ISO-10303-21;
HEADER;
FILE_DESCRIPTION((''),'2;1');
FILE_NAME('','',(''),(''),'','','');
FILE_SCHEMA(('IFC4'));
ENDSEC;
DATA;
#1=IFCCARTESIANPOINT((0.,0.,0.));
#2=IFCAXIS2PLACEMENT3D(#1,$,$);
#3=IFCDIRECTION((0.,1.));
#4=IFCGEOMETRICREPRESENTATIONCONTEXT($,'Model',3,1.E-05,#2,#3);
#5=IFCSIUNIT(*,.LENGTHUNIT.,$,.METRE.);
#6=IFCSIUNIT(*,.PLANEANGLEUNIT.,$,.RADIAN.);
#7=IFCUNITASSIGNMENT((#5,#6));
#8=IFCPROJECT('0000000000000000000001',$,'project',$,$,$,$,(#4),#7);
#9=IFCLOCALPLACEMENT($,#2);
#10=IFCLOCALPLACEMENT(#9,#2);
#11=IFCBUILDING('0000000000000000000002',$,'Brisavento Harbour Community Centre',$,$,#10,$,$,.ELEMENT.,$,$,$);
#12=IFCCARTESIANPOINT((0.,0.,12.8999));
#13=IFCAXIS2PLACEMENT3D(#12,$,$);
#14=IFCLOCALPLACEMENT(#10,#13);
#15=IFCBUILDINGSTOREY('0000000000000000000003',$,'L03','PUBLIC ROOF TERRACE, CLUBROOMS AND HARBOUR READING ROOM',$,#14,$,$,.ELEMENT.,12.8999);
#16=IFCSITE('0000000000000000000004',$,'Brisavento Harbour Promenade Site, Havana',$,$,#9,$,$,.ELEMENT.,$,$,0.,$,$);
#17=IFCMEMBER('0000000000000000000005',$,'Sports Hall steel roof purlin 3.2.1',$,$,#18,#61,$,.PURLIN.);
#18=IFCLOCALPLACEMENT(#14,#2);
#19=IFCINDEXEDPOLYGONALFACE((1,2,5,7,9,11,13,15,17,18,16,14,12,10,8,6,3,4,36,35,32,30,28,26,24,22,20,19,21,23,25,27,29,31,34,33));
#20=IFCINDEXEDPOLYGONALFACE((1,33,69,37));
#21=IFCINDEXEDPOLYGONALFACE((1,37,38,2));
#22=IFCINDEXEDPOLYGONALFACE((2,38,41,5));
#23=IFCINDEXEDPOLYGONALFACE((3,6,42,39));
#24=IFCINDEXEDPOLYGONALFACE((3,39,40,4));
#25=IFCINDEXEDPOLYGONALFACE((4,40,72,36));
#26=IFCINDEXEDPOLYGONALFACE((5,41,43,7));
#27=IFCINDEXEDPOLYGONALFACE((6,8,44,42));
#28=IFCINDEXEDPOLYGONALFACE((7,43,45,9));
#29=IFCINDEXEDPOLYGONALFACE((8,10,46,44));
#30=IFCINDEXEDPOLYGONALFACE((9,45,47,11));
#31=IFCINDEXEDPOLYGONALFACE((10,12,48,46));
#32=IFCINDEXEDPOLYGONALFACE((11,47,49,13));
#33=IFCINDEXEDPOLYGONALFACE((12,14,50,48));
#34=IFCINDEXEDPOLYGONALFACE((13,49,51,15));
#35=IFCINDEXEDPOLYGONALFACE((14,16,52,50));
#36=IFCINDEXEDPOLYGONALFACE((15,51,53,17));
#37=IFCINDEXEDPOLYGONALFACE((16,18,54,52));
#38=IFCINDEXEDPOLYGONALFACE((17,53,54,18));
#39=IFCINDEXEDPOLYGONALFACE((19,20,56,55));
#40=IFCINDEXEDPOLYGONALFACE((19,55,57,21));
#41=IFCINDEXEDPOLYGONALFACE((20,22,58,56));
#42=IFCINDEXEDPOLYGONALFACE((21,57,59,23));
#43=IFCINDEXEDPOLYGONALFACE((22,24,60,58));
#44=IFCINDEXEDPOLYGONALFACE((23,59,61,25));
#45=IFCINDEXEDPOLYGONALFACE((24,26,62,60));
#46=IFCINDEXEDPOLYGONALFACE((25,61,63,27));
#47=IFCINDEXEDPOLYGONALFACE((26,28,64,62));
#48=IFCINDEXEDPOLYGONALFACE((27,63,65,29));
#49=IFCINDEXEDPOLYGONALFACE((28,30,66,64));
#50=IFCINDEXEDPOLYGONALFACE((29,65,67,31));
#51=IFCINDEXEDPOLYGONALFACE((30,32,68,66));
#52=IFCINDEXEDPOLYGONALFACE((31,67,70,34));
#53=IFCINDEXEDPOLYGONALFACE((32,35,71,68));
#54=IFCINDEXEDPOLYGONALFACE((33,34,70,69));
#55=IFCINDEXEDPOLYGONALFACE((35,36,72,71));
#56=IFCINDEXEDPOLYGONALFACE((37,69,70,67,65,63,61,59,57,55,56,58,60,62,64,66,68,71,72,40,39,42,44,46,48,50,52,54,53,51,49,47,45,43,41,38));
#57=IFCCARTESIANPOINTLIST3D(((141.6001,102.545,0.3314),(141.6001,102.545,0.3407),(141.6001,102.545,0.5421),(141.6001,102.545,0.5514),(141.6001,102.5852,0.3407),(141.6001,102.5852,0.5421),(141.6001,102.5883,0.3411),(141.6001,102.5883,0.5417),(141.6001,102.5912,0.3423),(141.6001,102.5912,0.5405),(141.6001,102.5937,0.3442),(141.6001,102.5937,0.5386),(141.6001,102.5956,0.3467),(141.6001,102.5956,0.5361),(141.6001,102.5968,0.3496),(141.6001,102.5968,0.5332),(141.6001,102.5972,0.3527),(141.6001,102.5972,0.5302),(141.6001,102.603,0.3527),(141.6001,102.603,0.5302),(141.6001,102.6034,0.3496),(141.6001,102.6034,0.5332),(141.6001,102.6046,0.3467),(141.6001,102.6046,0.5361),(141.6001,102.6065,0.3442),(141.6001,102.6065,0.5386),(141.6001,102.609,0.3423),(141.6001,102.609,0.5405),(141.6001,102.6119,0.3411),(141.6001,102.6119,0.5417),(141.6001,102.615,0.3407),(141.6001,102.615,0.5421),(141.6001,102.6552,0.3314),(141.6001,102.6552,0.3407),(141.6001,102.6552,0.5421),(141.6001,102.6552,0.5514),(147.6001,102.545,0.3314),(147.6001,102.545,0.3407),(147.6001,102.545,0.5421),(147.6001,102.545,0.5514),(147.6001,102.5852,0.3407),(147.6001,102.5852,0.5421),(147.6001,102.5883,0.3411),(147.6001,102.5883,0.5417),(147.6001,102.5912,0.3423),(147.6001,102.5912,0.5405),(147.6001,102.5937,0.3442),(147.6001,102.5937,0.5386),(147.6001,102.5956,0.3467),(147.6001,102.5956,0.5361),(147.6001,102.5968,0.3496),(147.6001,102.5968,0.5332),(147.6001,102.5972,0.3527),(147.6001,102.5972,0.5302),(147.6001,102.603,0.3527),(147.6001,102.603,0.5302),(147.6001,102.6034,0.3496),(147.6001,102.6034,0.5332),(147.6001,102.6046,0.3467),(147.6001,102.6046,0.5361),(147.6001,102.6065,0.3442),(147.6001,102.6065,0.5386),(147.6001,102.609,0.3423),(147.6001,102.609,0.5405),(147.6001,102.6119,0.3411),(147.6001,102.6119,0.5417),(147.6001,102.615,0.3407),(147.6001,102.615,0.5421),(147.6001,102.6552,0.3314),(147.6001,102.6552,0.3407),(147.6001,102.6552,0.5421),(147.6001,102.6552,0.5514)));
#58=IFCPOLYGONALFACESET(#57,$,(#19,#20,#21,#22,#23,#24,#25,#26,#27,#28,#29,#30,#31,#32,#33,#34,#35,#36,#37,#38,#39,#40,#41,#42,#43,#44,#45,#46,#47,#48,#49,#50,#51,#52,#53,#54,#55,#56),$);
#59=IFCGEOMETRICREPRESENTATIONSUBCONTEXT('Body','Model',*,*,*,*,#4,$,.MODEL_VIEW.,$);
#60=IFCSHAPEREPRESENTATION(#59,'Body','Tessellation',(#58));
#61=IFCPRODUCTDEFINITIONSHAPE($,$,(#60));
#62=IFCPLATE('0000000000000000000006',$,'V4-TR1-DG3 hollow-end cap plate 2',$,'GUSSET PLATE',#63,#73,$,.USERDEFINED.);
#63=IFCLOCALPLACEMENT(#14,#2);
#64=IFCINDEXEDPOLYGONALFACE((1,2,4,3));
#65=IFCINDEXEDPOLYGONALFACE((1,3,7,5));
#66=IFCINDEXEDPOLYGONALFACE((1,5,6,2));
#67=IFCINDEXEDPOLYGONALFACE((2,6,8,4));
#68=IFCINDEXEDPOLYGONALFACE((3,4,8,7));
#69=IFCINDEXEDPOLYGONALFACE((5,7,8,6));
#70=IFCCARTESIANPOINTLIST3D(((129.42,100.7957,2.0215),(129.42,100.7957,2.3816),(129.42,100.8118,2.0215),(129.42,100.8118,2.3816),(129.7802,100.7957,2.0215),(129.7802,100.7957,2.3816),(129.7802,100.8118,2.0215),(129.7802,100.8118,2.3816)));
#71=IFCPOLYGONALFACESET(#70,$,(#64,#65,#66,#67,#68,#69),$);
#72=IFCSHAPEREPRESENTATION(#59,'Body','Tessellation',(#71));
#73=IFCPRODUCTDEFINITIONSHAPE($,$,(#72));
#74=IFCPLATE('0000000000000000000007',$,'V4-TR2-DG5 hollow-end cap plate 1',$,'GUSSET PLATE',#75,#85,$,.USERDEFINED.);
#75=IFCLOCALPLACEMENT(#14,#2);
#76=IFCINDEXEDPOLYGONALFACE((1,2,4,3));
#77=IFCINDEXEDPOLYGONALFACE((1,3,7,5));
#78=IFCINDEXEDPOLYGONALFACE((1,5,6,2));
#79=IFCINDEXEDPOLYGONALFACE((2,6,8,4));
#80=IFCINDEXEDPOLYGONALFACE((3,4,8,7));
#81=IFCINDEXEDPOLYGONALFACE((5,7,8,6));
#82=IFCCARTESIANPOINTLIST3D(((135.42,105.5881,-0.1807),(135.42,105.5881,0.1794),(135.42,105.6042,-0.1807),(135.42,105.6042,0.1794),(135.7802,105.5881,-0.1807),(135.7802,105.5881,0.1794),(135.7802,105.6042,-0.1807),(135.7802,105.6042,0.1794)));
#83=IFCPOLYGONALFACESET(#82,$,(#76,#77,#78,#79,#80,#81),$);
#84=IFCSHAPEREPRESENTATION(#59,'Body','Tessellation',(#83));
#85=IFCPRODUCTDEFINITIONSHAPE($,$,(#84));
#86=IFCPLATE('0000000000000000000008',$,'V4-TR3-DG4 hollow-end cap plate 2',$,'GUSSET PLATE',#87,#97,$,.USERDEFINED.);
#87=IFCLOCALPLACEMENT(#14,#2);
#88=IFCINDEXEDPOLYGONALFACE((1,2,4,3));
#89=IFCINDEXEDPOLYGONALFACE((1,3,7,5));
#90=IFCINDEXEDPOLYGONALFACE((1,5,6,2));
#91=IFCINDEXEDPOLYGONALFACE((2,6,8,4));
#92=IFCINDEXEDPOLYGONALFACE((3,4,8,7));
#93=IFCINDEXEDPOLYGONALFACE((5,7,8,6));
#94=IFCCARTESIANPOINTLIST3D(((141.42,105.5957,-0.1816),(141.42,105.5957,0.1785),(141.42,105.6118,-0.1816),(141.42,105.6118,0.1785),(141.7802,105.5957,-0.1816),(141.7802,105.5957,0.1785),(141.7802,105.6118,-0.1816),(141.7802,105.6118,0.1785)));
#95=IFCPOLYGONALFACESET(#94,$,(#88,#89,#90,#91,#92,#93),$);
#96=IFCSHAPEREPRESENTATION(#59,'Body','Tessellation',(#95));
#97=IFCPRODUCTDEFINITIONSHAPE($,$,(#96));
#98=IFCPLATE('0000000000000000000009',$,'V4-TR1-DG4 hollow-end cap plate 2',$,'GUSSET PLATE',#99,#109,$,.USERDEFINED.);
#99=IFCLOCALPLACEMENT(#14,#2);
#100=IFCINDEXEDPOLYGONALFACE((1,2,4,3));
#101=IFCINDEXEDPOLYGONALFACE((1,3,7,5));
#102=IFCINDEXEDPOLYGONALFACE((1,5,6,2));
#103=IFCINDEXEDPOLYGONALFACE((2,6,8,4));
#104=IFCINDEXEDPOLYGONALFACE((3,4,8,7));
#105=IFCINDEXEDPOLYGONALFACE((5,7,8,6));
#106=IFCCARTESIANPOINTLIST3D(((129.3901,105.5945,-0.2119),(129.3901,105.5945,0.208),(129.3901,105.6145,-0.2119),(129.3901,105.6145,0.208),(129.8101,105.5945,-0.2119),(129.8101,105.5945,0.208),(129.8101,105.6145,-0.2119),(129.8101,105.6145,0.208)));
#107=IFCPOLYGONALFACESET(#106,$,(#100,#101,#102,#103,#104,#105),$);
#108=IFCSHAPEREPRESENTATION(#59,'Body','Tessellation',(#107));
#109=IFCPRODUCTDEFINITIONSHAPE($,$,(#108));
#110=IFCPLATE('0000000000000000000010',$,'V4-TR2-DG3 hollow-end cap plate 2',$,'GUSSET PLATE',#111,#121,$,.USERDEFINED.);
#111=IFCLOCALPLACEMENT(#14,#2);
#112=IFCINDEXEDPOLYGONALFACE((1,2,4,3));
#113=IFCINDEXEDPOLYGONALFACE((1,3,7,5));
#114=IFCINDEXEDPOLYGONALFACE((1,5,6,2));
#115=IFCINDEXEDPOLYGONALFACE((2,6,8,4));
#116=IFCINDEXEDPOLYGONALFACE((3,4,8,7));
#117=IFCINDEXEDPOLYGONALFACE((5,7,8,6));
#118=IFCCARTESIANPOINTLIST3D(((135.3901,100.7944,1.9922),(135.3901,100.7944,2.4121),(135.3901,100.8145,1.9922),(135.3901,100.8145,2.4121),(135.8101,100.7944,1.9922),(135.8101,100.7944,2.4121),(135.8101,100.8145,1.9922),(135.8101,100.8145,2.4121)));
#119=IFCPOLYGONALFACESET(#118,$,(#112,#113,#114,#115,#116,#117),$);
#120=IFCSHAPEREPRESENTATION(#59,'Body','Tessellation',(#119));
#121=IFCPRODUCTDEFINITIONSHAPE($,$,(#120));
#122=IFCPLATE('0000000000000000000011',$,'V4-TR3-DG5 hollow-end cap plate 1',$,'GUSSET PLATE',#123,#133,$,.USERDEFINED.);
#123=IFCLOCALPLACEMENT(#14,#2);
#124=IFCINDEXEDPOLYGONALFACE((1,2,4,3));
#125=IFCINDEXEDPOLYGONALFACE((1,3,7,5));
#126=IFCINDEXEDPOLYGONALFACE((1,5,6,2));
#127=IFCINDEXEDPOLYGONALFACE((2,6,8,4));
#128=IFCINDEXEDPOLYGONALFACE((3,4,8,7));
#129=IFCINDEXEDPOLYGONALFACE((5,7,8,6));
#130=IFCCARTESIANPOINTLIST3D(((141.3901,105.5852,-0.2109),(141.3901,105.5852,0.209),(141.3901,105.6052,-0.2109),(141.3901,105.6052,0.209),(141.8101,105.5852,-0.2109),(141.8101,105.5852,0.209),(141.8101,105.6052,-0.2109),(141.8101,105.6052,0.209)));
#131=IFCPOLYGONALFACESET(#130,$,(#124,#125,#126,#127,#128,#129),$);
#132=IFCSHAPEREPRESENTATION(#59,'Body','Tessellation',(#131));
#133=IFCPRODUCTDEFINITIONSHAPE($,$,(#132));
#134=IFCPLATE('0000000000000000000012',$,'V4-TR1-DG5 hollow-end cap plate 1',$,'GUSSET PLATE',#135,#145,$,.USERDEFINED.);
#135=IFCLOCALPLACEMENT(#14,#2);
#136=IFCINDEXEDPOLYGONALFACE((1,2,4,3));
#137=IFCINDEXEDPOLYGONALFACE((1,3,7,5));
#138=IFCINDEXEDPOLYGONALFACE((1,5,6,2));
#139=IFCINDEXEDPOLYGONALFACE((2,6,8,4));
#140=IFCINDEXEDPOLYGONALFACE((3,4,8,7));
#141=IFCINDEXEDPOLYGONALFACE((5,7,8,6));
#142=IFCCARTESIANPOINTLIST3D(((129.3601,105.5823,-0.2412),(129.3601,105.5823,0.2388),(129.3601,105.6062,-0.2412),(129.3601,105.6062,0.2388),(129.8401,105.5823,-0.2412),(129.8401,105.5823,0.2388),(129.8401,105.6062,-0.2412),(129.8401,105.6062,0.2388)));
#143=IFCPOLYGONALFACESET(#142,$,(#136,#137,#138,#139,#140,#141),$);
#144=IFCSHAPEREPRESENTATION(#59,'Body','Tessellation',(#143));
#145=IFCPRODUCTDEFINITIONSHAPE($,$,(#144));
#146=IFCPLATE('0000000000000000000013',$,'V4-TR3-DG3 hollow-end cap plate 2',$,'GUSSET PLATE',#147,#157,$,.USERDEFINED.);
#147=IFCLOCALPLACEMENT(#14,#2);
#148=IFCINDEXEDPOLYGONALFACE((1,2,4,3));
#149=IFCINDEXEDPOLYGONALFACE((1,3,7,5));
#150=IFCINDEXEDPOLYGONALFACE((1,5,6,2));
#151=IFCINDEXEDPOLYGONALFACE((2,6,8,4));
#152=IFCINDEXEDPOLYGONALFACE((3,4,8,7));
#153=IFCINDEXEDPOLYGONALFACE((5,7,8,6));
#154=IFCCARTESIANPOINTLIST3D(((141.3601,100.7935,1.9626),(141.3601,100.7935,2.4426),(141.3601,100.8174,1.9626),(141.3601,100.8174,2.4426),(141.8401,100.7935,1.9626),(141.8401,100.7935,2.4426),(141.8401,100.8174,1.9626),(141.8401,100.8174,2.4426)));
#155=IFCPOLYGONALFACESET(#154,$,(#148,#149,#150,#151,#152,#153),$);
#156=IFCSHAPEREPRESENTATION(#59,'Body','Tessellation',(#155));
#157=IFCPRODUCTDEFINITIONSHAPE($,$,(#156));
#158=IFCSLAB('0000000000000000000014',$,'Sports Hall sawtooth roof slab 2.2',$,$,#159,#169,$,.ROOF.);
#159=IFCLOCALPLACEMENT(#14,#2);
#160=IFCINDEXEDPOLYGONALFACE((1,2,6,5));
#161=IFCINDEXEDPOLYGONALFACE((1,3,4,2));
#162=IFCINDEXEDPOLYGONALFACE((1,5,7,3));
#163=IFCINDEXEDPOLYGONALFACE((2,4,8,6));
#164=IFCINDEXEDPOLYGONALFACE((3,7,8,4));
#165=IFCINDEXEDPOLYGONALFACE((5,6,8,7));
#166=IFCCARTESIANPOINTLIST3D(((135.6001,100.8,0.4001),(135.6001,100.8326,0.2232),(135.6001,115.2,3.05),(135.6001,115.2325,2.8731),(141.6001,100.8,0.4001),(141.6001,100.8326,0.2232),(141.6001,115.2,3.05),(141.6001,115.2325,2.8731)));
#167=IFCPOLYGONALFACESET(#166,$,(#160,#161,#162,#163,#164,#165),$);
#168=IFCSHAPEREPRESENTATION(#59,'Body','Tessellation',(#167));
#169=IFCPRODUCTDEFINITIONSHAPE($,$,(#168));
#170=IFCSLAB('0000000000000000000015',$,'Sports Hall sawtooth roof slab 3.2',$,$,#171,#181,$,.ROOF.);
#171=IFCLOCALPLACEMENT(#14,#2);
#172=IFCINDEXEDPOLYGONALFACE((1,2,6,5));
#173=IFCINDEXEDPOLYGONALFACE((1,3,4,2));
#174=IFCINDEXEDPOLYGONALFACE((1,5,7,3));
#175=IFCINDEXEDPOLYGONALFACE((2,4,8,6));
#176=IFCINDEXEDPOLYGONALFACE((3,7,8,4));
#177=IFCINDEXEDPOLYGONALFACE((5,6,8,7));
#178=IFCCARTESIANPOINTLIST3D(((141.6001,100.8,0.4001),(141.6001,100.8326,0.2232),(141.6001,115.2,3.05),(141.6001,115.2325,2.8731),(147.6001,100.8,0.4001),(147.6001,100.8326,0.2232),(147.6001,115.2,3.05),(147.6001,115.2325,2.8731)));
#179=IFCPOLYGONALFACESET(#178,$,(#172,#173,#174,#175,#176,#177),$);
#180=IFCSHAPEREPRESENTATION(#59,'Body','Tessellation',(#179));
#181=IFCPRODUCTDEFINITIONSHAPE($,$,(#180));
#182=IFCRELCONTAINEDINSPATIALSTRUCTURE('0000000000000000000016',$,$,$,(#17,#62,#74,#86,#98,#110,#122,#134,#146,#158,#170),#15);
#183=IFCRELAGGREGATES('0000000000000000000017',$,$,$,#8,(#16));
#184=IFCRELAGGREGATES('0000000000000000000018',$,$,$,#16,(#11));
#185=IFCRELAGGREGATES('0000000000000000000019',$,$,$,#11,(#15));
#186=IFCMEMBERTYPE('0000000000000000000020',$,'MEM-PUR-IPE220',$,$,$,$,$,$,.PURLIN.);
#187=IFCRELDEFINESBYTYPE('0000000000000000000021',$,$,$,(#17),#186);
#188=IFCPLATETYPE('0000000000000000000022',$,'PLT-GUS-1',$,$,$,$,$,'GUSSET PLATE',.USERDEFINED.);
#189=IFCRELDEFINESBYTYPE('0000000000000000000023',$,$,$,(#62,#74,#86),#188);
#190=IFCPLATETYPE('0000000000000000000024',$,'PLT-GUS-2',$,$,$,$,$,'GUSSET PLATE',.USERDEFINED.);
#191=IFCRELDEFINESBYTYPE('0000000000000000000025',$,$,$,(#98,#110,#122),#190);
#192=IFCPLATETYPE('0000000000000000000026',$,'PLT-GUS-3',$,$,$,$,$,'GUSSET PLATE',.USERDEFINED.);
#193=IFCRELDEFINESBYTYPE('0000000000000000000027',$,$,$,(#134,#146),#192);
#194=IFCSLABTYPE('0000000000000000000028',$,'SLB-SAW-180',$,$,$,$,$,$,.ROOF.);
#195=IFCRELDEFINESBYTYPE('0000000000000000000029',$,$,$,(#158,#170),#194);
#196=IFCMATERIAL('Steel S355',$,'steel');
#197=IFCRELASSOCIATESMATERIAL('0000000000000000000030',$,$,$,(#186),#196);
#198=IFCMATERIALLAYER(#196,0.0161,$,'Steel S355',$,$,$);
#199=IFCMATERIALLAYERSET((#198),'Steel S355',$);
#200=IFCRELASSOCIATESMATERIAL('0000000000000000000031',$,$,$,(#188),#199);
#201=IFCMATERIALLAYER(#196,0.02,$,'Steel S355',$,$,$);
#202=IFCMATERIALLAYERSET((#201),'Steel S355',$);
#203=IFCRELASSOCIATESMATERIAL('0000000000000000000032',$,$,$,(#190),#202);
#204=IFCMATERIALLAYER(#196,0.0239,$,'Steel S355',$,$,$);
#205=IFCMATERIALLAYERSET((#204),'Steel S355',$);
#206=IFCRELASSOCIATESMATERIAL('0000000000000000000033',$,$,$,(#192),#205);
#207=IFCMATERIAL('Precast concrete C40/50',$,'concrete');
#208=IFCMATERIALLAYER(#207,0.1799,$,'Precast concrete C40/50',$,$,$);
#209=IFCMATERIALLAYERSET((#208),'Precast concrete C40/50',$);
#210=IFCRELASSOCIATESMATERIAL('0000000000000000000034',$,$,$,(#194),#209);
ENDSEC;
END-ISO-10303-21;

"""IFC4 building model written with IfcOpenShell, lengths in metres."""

from ifc_helpers import new_model, si_unit, direction, frame, origin, origin_2d, place, context, subcontext, project, spatial, polyline, rectangle, i_section, outline, extrude, material, layer, layer_set, material_profile, profile_set, type_object, element, save


model = new_model("IFC4")

# Units and contexts
model_context = context("Model", 3, precision=1e-05, world=origin(), true_north=direction((0.0, 1.0)))
body_context = subcontext(model_context, "Body", "Model", "MODEL_VIEW")
ifc_project = project(units=[si_unit("LENGTHUNIT", "METRE"), si_unit("PLANEANGLEUNIT", "RADIAN")], contexts=[model_context])

# Site, building, storey
site_placement = place(None, origin())
site = spatial("IfcSite", under=ifc_project, at=site_placement, Name="Brisavento Harbour Promenade Site, Havana", CompositionType="ELEMENT", RefElevation=0.0)
building_placement = place(site_placement, origin())
building = spatial("IfcBuilding", under=site, at=building_placement, Name="Brisavento Harbour Community Centre", CompositionType="ELEMENT")
storey_placement = place(building_placement, frame((0.0, 0.0, 12.8999)))
storey = spatial("IfcBuildingStorey", under=building, at=storey_placement, Name="L03", Description="PUBLIC ROOF TERRACE, CLUBROOMS AND HARBOUR READING ROOM", CompositionType="ELEMENT", Elevation=12.8999)

# Member
ifc_material_1 = material(Name="Steel S355", Category="steel")
ifc_material_profile_1 = material_profile(ifc_material_1, i_section(OverallWidth=0.1101, OverallDepth=0.22, WebThickness=0.0059, FlangeThickness=0.0093, FilletRadius=0.012, at=origin_2d()), Name="Steel S355")
ifc_profile_set_1 = profile_set([ifc_material_profile_1], Name="Steel S355")
member_type_1 = type_object("IfcMemberType", Name="MEM-PUR-IPE220", PredefinedType="PURLIN", material=ifc_profile_set_1)
for number, where, z_axis, x_axis, name in (
    (1, (141.6001, 102.6001, 0.4414), (1.0, 0.0, 0.0), (0.0, 1.0, 0.0), "Sports Hall steel roof purlin 3.2.1"),
):
    element("IfcMember", number, at=place(storey_placement, frame(where, z_axis=z_axis, x_axis=x_axis)), inside=storey, type_object=member_type_1, Name=name, PredefinedType="PURLIN", context=body_context, shape_type="SweptSolid", body=[
        extrude(i_section(OverallWidth=0.1101, OverallDepth=0.22, WebThickness=0.0059, FlangeThickness=0.0093, FilletRadius=0.012, at=origin_2d()), origin(), (0.0, 0.0, 1.0), 6.0),
    ])

# Plates
ifc_layer_1 = layer(ifc_material_1, 0.0161, Name="Steel S355")
ifc_layer_set_1 = layer_set([ifc_layer_1], Name="Steel S355")
plate_type_1 = type_object("IfcPlateType", Name="PLT-GUS-1", ElementType="GUSSET PLATE", PredefinedType="USERDEFINED", material=ifc_layer_set_1)
for number, where, z_axis, x_axis, name in (
    (2, (129.6001, 100.8037, 2.0215), (0.0, 0.0, 1.0), (0.0, 1.0, 0.0), "V4-TR1-DG3 hollow-end cap plate 2"),
    (3, (135.6001, 105.5962, -0.1807), (0.0, 0.0, 1.0), (0.0, 1.0, 0.0), "V4-TR2-DG5 hollow-end cap plate 1"),
    (4, (141.6001, 105.6038, -0.1816), (0.0, 0.0, 1.0), (0.0, 1.0, 0.0), "V4-TR3-DG4 hollow-end cap plate 2"),
):
    element("IfcPlate", number, at=place(storey_placement, frame(where, z_axis=z_axis, x_axis=x_axis)), inside=storey, type_object=plate_type_1, Name=name, ObjectType="GUSSET PLATE", PredefinedType="USERDEFINED", context=body_context, shape_type="SweptSolid", body=[
        extrude(rectangle(XDim=0.0161, YDim=0.3601, at=origin_2d()), origin(), (0.0, 0.0, 1.0), 0.3601),
    ])
ifc_layer_2 = layer(ifc_material_1, 0.02, Name="Steel S355")
ifc_layer_set_2 = layer_set([ifc_layer_2], Name="Steel S355")
plate_type_2 = type_object("IfcPlateType", Name="PLT-GUS-2", ElementType="GUSSET PLATE", PredefinedType="USERDEFINED", material=ifc_layer_set_2)
for number, where, z_axis, x_axis, name in (
    (5, (129.6001, 105.6045, -0.2119), (0.0, 0.0, 1.0), (0.0, 1.0, 0.0), "V4-TR1-DG4 hollow-end cap plate 2"),
    (6, (135.6001, 100.8044, 1.9922), (0.0, 0.0, 1.0), (0.0, 1.0, 0.0), "V4-TR2-DG3 hollow-end cap plate 2"),
    (7, (141.6001, 105.5952, -0.2109), (0.0, 0.0, 1.0), (0.0, 1.0, 0.0), "V4-TR3-DG5 hollow-end cap plate 1"),
):
    element("IfcPlate", number, at=place(storey_placement, frame(where, z_axis=z_axis, x_axis=x_axis)), inside=storey, type_object=plate_type_2, Name=name, ObjectType="GUSSET PLATE", PredefinedType="USERDEFINED", context=body_context, shape_type="SweptSolid", body=[
        extrude(rectangle(XDim=0.02, YDim=0.4199, at=origin_2d()), origin(), (0.0, 0.0, 1.0), 0.4199),
    ])
ifc_layer_3 = layer(ifc_material_1, 0.0239, Name="Steel S355")
ifc_layer_set_3 = layer_set([ifc_layer_3], Name="Steel S355")
plate_type_3 = type_object("IfcPlateType", Name="PLT-GUS-3", ElementType="GUSSET PLATE", PredefinedType="USERDEFINED", material=ifc_layer_set_3)
for number, where, z_axis, x_axis, name in (
    (8, (129.6001, 105.5942, -0.2412), (0.0, 0.0, 1.0), (0.0, 1.0, 0.0), "V4-TR1-DG5 hollow-end cap plate 1"),
    (9, (141.6001, 100.8054, 1.9626), (0.0, 0.0, 1.0), (0.0, 1.0, 0.0), "V4-TR3-DG3 hollow-end cap plate 2"),
):
    element("IfcPlate", number, at=place(storey_placement, frame(where, z_axis=z_axis, x_axis=x_axis)), inside=storey, type_object=plate_type_3, Name=name, ObjectType="GUSSET PLATE", PredefinedType="USERDEFINED", context=body_context, shape_type="SweptSolid", body=[
        extrude(rectangle(XDim=0.0239, YDim=0.48, at=origin_2d()), origin(), (0.0, 0.0, 1.0), 0.48),
    ])

# Slabs
ifc_material_2 = material(Name="Precast concrete C40/50", Category="concrete")
ifc_layer_4 = layer(ifc_material_2, 0.1799, Name="Precast concrete C40/50")
ifc_layer_set_4 = layer_set([ifc_layer_4], Name="Precast concrete C40/50")
slab_type = type_object("IfcSlabType", Name="SLB-SAW-180", PredefinedType="ROOF", material=ifc_layer_set_4)
for number, where, z_axis, x_axis, name in (
    (10, (135.6001, 100.8, 0.4001), (0.0, -0.180983, 0.983486), (1.0, 0.0, 0.0), "Sports Hall sawtooth roof slab 2.2"),
    (11, (141.6001, 100.8, 0.4001), (0.0, -0.180983, 0.983486), (1.0, 0.0, 0.0), "Sports Hall sawtooth roof slab 3.2"),
):
    element("IfcSlab", number, at=place(storey_placement, frame(where, z_axis=z_axis, x_axis=x_axis)), inside=storey, type_object=slab_type, Name=name, PredefinedType="ROOF", context=body_context, shape_type="SweptSolid", body=[
        extrude(outline(polyline([(0.0, 0.0), (6.0, 0.0), (6.0, 14.6417), (0.0, 14.6417), (0.0, 0.0)])), origin(), (0.0, 0.0, -1.0), 0.1799),
    ])

save(model, "model.ifc")
